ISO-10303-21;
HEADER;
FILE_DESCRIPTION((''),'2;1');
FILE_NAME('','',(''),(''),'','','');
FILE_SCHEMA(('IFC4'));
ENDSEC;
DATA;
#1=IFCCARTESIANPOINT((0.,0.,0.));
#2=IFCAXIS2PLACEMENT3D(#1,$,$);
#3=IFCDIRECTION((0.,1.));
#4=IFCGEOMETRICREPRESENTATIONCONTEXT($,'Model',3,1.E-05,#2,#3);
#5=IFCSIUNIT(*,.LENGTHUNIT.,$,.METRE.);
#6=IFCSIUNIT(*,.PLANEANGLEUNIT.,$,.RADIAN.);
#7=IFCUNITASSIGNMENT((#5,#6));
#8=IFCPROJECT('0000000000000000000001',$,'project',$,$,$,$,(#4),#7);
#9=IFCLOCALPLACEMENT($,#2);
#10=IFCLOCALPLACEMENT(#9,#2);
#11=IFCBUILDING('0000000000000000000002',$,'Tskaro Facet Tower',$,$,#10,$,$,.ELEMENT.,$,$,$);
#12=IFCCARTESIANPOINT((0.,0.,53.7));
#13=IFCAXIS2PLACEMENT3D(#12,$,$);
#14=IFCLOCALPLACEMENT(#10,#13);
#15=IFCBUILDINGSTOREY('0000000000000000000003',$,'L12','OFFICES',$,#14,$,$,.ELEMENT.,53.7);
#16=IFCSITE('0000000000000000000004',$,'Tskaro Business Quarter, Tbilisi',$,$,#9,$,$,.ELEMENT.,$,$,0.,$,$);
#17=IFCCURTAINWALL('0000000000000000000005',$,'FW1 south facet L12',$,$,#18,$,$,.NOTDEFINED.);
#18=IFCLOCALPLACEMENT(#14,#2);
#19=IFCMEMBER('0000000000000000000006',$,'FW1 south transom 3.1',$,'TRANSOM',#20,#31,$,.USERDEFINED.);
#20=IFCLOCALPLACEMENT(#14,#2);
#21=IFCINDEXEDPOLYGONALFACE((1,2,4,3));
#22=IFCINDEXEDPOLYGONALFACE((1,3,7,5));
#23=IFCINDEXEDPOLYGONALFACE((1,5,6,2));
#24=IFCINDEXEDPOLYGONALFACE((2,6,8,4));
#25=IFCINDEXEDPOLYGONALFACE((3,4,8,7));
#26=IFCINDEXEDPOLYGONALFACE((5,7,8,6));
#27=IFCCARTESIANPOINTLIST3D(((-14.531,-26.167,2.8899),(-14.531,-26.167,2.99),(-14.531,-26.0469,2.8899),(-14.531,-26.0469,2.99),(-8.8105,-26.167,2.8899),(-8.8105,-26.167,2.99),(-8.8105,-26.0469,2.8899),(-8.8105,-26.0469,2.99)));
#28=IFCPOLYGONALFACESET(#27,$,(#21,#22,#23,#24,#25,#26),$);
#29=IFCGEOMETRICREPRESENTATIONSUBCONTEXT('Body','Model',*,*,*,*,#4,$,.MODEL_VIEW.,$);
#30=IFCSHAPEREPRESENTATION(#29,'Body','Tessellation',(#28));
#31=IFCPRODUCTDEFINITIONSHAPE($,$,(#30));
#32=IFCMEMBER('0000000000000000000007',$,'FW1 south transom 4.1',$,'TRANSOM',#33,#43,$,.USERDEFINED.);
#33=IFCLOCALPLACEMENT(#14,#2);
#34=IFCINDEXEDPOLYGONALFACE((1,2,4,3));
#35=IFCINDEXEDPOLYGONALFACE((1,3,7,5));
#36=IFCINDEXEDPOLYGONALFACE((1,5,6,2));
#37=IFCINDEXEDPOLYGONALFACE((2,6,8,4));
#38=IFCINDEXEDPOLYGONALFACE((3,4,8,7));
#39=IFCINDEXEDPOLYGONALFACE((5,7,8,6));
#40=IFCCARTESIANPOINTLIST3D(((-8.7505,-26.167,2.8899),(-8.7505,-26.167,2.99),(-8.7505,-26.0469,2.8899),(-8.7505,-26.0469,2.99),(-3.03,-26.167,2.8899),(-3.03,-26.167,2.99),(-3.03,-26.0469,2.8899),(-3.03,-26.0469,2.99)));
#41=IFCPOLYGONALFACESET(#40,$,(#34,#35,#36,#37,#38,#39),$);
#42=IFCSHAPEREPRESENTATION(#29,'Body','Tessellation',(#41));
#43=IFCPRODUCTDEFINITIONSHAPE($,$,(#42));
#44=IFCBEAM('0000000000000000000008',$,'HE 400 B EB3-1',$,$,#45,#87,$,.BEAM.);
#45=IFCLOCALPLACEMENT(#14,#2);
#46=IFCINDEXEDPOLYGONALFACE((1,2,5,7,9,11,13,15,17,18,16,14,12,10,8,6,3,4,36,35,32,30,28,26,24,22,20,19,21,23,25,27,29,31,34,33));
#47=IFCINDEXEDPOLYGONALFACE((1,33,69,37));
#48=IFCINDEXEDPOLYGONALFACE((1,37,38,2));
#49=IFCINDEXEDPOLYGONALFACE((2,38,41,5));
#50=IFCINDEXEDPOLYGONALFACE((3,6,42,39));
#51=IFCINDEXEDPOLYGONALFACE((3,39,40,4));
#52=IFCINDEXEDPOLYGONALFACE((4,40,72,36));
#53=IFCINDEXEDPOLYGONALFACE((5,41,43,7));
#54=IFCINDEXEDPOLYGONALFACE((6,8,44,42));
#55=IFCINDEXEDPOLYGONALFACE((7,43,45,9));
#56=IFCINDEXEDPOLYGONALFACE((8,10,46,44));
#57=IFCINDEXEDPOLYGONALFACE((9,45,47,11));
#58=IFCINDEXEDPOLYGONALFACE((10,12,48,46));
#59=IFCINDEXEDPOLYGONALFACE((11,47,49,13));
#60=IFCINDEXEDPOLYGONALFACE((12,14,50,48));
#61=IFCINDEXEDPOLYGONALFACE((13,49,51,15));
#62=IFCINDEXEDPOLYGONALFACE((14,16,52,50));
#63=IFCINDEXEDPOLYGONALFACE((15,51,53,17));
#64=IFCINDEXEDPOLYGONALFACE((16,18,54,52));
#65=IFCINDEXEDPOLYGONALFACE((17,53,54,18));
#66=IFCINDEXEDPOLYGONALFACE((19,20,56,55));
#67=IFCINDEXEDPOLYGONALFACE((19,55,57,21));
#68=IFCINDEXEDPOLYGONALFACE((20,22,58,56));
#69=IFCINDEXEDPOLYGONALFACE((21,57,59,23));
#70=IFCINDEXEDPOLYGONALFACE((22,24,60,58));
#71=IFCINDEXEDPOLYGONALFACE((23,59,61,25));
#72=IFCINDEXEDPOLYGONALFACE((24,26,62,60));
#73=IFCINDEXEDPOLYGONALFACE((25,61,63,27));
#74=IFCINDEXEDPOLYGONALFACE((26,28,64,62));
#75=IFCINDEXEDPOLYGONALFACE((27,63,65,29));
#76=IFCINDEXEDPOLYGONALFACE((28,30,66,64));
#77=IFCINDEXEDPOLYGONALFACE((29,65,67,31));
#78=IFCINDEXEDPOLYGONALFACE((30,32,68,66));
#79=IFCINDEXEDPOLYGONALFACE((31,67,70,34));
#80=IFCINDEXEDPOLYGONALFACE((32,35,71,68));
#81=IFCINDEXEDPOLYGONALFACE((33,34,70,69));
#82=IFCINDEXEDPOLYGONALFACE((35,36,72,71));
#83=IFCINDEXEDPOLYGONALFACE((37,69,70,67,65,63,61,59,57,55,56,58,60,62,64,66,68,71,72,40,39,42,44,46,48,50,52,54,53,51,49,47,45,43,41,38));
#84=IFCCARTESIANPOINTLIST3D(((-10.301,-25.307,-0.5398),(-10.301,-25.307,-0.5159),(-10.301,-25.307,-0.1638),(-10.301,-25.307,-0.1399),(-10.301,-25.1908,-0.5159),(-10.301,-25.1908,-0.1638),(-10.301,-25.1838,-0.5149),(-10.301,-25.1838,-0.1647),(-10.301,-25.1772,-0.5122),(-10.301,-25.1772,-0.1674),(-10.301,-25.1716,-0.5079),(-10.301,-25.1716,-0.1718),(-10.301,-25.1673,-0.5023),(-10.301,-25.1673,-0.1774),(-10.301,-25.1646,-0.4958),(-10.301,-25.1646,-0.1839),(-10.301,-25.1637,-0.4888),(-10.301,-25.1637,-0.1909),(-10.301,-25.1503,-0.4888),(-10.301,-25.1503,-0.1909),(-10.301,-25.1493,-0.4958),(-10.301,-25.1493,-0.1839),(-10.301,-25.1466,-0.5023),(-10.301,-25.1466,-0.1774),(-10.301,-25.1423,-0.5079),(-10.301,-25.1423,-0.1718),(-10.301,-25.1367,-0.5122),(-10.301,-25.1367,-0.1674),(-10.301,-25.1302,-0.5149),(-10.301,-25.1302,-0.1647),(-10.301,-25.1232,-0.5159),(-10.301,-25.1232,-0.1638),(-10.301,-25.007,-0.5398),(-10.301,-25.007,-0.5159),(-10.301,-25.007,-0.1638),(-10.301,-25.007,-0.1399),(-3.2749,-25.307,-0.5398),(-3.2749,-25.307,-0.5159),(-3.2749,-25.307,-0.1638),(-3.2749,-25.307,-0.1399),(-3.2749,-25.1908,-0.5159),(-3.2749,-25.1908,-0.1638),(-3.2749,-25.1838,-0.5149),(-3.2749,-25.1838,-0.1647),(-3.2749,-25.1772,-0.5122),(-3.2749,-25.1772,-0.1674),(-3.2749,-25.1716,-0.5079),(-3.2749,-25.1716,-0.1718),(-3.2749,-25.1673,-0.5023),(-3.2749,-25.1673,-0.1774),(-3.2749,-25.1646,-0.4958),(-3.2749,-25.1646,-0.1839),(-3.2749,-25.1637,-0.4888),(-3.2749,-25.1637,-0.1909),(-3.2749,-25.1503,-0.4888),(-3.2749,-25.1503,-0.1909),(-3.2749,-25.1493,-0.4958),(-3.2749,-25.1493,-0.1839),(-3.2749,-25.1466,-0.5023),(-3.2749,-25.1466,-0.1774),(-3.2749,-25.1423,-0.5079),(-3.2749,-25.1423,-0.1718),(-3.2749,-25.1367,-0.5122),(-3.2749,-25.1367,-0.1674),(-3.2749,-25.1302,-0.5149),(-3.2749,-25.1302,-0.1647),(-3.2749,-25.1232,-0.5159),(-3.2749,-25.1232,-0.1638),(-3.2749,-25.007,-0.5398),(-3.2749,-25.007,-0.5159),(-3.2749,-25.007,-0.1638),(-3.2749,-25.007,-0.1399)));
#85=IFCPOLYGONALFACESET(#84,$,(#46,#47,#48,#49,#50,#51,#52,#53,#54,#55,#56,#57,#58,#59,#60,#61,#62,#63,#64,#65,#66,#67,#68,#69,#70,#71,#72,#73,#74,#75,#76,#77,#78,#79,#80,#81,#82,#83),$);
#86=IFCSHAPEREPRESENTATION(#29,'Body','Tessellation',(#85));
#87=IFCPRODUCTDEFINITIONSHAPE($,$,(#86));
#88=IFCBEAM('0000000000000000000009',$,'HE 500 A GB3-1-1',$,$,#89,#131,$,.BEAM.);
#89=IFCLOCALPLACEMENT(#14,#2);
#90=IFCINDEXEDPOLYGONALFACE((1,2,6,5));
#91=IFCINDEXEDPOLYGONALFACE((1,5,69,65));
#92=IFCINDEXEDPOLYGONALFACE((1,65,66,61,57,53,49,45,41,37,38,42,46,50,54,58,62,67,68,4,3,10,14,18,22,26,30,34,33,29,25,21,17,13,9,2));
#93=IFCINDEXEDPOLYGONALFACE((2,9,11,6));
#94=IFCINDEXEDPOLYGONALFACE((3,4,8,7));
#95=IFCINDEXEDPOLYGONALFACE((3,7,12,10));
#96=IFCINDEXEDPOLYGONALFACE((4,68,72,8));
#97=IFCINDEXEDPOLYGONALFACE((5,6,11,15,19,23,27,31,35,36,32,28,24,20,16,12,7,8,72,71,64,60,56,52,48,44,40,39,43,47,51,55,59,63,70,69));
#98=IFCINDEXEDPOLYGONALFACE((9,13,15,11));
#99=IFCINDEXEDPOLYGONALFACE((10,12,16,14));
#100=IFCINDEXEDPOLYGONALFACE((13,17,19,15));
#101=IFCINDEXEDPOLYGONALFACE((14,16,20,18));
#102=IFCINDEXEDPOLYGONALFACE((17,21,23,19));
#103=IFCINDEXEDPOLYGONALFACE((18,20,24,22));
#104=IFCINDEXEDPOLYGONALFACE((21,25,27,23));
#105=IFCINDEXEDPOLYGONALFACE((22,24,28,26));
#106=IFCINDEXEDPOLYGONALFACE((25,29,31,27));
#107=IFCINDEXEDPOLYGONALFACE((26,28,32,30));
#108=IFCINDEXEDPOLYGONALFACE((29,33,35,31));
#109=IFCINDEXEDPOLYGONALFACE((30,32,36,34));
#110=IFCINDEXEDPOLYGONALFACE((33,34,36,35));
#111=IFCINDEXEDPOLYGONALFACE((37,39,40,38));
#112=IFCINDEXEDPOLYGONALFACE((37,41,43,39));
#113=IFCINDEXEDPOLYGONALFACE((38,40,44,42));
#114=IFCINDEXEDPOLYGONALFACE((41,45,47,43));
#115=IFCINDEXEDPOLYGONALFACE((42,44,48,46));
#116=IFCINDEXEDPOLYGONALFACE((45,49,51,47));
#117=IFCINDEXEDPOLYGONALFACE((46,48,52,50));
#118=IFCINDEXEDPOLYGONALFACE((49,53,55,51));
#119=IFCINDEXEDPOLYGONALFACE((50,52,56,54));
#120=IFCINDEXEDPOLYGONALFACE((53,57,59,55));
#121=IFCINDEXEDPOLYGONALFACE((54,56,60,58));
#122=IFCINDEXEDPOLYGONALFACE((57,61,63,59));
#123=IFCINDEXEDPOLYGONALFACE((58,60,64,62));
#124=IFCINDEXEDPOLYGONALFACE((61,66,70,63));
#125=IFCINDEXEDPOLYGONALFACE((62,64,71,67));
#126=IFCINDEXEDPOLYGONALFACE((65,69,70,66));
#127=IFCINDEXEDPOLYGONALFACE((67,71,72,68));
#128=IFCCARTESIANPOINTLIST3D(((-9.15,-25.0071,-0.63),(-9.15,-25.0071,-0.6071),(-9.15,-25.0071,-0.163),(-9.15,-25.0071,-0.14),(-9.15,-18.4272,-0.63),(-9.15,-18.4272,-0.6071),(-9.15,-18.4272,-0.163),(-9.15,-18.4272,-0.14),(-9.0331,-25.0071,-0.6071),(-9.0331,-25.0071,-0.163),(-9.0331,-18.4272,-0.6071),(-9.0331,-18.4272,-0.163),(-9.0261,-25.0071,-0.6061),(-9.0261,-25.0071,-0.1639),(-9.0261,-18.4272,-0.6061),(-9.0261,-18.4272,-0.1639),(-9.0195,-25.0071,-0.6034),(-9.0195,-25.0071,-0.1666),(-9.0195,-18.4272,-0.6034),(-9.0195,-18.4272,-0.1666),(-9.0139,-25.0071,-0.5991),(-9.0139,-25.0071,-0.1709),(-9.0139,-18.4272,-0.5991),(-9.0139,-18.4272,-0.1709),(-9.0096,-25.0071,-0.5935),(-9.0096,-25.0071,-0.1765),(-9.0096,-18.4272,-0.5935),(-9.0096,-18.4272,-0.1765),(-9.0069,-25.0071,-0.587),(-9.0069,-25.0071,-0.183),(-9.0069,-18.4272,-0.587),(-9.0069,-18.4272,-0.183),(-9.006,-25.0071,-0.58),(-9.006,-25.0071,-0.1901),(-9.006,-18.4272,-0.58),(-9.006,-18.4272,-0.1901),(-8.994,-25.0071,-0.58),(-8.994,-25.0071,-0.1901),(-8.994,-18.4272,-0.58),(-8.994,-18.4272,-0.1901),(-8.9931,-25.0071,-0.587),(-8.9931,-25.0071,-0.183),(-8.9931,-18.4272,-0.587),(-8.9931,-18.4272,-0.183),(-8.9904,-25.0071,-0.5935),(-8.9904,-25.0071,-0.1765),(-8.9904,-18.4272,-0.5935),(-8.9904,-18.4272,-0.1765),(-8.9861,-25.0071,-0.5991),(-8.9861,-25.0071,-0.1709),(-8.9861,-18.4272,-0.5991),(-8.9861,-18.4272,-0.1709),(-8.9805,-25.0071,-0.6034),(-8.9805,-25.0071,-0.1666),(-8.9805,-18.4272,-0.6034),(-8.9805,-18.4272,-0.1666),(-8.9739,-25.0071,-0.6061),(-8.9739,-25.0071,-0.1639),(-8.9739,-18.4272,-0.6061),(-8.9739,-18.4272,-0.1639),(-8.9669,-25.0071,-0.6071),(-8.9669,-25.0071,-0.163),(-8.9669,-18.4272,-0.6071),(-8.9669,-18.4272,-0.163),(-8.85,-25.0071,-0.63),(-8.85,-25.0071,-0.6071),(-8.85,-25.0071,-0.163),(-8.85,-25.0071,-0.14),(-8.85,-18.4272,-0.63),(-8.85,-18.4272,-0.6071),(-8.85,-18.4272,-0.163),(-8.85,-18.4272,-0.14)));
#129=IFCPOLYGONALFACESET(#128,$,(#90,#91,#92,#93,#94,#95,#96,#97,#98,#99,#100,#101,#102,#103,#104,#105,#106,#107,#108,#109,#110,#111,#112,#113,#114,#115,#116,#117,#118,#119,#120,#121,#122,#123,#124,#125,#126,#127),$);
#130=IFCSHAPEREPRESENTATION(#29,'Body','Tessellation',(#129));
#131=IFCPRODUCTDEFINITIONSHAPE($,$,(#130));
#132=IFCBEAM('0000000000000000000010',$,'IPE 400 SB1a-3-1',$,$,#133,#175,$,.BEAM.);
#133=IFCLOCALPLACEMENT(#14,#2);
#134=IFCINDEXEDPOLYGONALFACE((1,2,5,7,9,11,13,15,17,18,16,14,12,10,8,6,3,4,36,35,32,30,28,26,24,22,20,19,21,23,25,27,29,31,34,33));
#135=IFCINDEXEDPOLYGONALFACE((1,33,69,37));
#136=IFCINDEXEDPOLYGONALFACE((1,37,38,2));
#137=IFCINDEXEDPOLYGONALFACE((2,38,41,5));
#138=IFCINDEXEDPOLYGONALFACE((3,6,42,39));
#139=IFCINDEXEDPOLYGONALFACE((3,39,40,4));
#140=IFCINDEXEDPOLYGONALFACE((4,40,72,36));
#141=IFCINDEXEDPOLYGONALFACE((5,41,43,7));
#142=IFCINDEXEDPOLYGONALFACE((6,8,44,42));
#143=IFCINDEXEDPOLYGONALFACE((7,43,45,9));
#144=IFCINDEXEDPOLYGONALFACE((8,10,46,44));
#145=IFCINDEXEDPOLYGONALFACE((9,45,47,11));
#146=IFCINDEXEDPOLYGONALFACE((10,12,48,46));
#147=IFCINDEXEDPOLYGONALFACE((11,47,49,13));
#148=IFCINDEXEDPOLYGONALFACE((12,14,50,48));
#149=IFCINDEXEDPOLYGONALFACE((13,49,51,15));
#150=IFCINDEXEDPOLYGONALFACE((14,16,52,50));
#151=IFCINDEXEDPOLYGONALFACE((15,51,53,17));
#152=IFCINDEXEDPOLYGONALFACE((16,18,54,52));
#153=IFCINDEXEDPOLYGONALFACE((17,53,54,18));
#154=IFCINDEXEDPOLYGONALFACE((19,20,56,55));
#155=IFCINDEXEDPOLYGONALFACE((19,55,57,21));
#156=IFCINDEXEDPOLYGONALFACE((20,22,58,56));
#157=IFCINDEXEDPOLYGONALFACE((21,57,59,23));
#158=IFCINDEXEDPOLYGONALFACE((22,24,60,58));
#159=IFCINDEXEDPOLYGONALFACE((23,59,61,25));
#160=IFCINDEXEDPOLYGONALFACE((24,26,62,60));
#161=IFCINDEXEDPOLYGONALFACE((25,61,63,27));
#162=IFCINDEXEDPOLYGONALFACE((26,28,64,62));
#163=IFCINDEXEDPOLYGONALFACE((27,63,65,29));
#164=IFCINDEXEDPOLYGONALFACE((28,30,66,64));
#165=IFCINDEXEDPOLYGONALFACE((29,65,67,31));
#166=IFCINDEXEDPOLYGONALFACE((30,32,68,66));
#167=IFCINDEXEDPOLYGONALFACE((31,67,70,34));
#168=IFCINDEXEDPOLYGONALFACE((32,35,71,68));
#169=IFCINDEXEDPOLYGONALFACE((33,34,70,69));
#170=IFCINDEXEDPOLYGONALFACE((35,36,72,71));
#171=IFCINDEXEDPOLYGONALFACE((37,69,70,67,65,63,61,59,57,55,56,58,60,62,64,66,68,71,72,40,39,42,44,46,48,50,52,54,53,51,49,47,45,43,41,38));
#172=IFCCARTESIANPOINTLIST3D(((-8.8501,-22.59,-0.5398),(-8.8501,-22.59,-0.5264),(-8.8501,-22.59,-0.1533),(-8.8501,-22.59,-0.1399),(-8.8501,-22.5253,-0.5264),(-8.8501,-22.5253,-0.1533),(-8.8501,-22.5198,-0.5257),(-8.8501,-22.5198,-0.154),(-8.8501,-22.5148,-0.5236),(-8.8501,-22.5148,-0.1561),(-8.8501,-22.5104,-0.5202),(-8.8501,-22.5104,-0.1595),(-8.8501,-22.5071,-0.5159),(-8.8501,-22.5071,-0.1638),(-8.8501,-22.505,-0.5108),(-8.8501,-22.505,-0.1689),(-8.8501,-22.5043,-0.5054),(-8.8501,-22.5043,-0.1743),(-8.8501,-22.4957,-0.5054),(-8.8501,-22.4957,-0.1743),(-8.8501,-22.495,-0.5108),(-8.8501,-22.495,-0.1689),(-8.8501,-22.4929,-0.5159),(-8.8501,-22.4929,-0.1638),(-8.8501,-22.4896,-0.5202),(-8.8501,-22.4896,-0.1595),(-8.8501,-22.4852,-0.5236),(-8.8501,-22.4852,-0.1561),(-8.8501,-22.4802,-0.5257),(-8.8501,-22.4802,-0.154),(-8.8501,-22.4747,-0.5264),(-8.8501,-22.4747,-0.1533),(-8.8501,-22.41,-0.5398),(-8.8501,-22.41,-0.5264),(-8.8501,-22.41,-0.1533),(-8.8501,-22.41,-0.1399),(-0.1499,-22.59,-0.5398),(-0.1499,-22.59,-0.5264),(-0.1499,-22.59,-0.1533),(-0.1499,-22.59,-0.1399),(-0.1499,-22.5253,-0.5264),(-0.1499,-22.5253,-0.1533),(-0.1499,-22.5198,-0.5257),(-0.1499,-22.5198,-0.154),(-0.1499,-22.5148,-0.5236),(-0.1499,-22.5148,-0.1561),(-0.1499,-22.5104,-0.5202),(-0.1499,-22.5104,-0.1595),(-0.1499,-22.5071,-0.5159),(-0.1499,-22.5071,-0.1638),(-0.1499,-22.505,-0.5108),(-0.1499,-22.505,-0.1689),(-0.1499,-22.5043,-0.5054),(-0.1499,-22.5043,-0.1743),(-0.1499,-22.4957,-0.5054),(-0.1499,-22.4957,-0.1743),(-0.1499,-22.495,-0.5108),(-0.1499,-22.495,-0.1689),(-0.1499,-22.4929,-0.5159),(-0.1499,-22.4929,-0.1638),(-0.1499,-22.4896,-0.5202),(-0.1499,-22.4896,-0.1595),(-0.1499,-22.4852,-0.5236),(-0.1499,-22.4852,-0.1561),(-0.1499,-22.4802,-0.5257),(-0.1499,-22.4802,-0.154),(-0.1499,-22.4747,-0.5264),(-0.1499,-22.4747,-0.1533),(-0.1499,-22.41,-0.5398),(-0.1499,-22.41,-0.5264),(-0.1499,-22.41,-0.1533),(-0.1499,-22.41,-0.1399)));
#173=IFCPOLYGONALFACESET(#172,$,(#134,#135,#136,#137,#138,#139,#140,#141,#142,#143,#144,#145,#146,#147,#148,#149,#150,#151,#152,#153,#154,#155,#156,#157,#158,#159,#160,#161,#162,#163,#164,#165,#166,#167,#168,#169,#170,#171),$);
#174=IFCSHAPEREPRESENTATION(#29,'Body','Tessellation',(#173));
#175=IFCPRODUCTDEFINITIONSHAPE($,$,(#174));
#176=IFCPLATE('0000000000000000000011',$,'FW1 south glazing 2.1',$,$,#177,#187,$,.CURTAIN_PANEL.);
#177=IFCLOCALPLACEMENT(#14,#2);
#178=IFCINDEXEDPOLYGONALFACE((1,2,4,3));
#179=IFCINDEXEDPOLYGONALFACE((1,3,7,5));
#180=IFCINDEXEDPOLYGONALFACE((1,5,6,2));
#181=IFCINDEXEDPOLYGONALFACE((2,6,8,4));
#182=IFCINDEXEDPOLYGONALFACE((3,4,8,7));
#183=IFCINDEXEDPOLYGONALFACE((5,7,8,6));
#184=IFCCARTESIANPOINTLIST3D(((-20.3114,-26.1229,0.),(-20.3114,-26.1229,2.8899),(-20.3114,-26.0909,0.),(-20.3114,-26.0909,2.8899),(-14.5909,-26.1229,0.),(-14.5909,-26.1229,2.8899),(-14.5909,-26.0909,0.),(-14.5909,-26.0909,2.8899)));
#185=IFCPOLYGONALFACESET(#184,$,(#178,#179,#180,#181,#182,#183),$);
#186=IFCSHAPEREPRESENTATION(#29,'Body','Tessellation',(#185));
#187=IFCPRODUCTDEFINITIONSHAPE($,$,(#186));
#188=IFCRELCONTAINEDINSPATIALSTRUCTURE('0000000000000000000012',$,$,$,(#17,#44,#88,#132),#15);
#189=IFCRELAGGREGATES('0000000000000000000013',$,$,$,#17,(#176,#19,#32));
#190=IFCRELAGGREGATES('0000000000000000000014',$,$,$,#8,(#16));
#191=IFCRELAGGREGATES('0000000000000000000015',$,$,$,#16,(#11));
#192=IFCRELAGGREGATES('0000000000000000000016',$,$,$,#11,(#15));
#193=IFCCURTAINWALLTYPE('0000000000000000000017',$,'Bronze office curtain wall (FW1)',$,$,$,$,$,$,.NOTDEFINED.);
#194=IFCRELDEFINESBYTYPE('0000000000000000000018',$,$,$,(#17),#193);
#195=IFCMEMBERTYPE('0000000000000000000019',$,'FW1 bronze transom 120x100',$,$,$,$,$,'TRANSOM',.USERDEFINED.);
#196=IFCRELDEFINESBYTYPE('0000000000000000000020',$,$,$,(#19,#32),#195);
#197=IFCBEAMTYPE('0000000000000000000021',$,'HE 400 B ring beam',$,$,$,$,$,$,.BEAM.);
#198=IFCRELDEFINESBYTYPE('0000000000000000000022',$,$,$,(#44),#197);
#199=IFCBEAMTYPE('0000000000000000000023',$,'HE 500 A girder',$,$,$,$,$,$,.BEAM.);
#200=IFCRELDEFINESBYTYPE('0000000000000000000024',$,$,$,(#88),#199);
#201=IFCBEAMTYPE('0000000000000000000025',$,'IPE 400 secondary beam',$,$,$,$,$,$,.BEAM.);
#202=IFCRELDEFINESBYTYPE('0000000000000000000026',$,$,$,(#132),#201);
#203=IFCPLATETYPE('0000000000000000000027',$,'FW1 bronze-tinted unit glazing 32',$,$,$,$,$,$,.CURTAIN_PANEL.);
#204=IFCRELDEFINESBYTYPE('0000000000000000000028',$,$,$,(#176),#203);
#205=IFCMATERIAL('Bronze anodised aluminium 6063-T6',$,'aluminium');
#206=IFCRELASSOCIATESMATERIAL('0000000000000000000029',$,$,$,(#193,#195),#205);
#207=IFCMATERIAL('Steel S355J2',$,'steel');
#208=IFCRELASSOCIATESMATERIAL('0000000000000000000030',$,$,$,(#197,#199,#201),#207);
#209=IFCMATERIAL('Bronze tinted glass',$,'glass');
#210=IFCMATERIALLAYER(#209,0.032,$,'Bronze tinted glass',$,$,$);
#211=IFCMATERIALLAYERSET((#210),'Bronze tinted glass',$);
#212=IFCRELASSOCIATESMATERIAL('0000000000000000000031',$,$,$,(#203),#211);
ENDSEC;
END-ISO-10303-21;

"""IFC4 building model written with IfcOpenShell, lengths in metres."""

from ifc_helpers import new_model, si_unit, direction, frame, origin, origin_2d, place, context, subcontext, project, spatial, rectangle, i_section, extrude, material, layer, layer_set, material_profile, profile_set, type_object, element, aggregate, save


model = new_model("IFC4")

# Units and contexts
model_context = context("Model", 3, precision=1e-05, world=origin(), true_north=direction((0.0, 1.0)))
body_context = subcontext(model_context, "Body", "Model", "MODEL_VIEW")
ifc_project = project(units=[si_unit("LENGTHUNIT", "METRE"), si_unit("PLANEANGLEUNIT", "RADIAN")], contexts=[model_context])

# Site, building, storey
site_placement = place(None, origin())
site = spatial("IfcSite", under=ifc_project, at=site_placement, Name="Tskaro Business Quarter, Tbilisi", CompositionType="ELEMENT", RefElevation=0.0)
building_placement = place(site_placement, origin())
building = spatial("IfcBuilding", under=site, at=building_placement, Name="Tskaro Facet Tower", CompositionType="ELEMENT")
storey_placement = place(building_placement, frame((0.0, 0.0, 53.7)))
storey = spatial("IfcBuildingStorey", under=building, at=storey_placement, Name="L12", Description="OFFICES", CompositionType="ELEMENT", Elevation=53.7)

# Curtain wall, members
ifc_material_1 = material(Name="Bronze anodised aluminium 6063-T6", Category="aluminium")
curtain_wall_type = type_object("IfcCurtainWallType", Name="Bronze office curtain wall (FW1)", PredefinedType="NOTDEFINED", material=ifc_material_1)
curtain_wall_placement = place(storey_placement, origin())
curtain_wall = element("IfcCurtainWall", 1, at=curtain_wall_placement, inside=storey, type_object=curtain_wall_type, Name="FW1 south facet L12", PredefinedType="NOTDEFINED")
ifc_material_profile_1 = material_profile(ifc_material_1, rectangle(XDim=0.1201, YDim=0.1001, at=origin_2d()), Name="Transom 120x100")
ifc_profile_set_1 = profile_set([ifc_material_profile_1], Name="Bronze anodised aluminium 6063-T6")
member_type_1 = type_object("IfcMemberType", Name="FW1 bronze transom 120x100", ElementType="TRANSOM", PredefinedType="USERDEFINED", material=ifc_profile_set_1)
member_1_placement = place(storey_placement, frame((-14.531, -26.1069, 2.9399), z_axis=(1.0, 0.0, 0.0), x_axis=(0.0, 1.0, 0.0)))
member_1 = element("IfcMember", 2, at=member_1_placement, type_object=member_type_1, Name="FW1 south transom 3.1", ObjectType="TRANSOM", PredefinedType="USERDEFINED", context=body_context, shape_type="SweptSolid", body=[
    extrude(rectangle(XDim=0.1201, YDim=0.1001, at=origin_2d()), origin(), (0.0, 0.0, 1.0), 5.7205),
])
member_2_placement = place(storey_placement, frame((-8.7505, -26.1069, 2.9399), z_axis=(1.0, 0.0, 0.0), x_axis=(0.0, 1.0, 0.0)))
member_2 = element("IfcMember", 3, at=member_2_placement, type_object=member_type_1, Name="FW1 south transom 4.1", ObjectType="TRANSOM", PredefinedType="USERDEFINED", context=body_context, shape_type="SweptSolid", body=[
    extrude(rectangle(XDim=0.1201, YDim=0.1001, at=origin_2d()), origin(), (0.0, 0.0, 1.0), 5.7205),
])

# Beams
ifc_material_2 = material(Name="Steel S355J2", Category="steel")
ifc_material_profile_2 = material_profile(ifc_material_2, i_section(OverallWidth=0.3, OverallDepth=0.3999, WebThickness=0.0134, FlangeThickness=0.0239, FilletRadius=0.0271, at=origin_2d()), Name="HE 400 B")
ifc_profile_set_2 = profile_set([ifc_material_profile_2], Name="Steel S355J2")
beam_type_1 = type_object("IfcBeamType", Name="HE 400 B ring beam", PredefinedType="BEAM", material=ifc_profile_set_2)
beam_1_placement = place(storey_placement, frame((-10.301, -25.157, -0.3398), z_axis=(1.0, 0.0, 0.0), x_axis=(0.0, 1.0, 0.0)))
element("IfcBeam", 4, at=beam_1_placement, inside=storey, type_object=beam_type_1, Name="HE 400 B EB3-1", PredefinedType="BEAM", context=body_context, shape_type="SweptSolid", body=[
    extrude(i_section(OverallWidth=0.3, OverallDepth=0.3999, WebThickness=0.0134, FlangeThickness=0.0239, FilletRadius=0.0271, at=origin_2d()), origin(), (0.0, 0.0, 1.0), 7.0261),
])
ifc_material_profile_3 = material_profile(ifc_material_2, i_section(OverallWidth=0.3, OverallDepth=0.49, WebThickness=0.012, FlangeThickness=0.0229, FilletRadius=0.0271, at=origin_2d()), Name="HE 500 A")
ifc_profile_set_3 = profile_set([ifc_material_profile_3], Name="Steel S355J2")
beam_type_2 = type_object("IfcBeamType", Name="HE 500 A girder", PredefinedType="BEAM", material=ifc_profile_set_3)
beam_2_placement = place(storey_placement, frame((-9.0, -25.0071, -0.385), z_axis=(0.0, 1.0, 0.0), x_axis=(-1.0, 0.0, 0.0)))
element("IfcBeam", 5, at=beam_2_placement, inside=storey, type_object=beam_type_2, Name="HE 500 A GB3-1-1", PredefinedType="BEAM", context=body_context, shape_type="SweptSolid", body=[
    extrude(i_section(OverallWidth=0.3, OverallDepth=0.49, WebThickness=0.012, FlangeThickness=0.0229, FilletRadius=0.0271, at=origin_2d()), origin(), (0.0, 0.0, 1.0), 6.5798),
])
ifc_material_profile_4 = material_profile(ifc_material_2, i_section(OverallWidth=0.1799, OverallDepth=0.3999, WebThickness=0.0085, FlangeThickness=0.0134, FilletRadius=0.021, at=origin_2d()), Name="IPE 400")
ifc_profile_set_4 = profile_set([ifc_material_profile_4], Name="Steel S355J2")
beam_type_3 = type_object("IfcBeamType", Name="IPE 400 secondary beam", PredefinedType="BEAM", material=ifc_profile_set_4)
beam_3_placement = place(storey_placement, frame((-8.8501, -22.5, -0.3398), z_axis=(1.0, 0.0, 0.0), x_axis=(0.0, 1.0, 0.0)))
element("IfcBeam", 6, at=beam_3_placement, inside=storey, type_object=beam_type_3, Name="IPE 400 SB1a-3-1", PredefinedType="BEAM", context=body_context, shape_type="SweptSolid", body=[
    extrude(i_section(OverallWidth=0.1799, OverallDepth=0.3999, WebThickness=0.0085, FlangeThickness=0.0134, FilletRadius=0.021, at=origin_2d()), origin(), (0.0, 0.0, 1.0), 8.7002),
])

# Plate
ifc_material_3 = material(Name="Bronze tinted glass", Category="glass")
ifc_layer_1 = layer(ifc_material_3, 0.032, Name="Bronze tinted glass")
ifc_layer_set_1 = layer_set([ifc_layer_1], Name="Bronze tinted glass")
plate_type = type_object("IfcPlateType", Name="FW1 bronze-tinted unit glazing 32", PredefinedType="CURTAIN_PANEL", material=ifc_layer_set_1)
plate_1_placement = place(storey_placement, frame((-17.4512, -26.1069, 0.0), z_axis=(0.0, 0.0, 1.0), x_axis=(1.0, 0.0, 0.0)))
plate_1 = element("IfcPlate", 7, at=plate_1_placement, type_object=plate_type, Name="FW1 south glazing 2.1", PredefinedType="CURTAIN_PANEL", context=body_context, shape_type="SweptSolid", body=[
    extrude(rectangle(XDim=5.7205, YDim=0.032, at=origin_2d()), origin(), (0.0, 0.0, 1.0), 2.8899),
])
aggregate(curtain_wall, [plate_1, member_1, member_2])

save(model, "model.ifc")
